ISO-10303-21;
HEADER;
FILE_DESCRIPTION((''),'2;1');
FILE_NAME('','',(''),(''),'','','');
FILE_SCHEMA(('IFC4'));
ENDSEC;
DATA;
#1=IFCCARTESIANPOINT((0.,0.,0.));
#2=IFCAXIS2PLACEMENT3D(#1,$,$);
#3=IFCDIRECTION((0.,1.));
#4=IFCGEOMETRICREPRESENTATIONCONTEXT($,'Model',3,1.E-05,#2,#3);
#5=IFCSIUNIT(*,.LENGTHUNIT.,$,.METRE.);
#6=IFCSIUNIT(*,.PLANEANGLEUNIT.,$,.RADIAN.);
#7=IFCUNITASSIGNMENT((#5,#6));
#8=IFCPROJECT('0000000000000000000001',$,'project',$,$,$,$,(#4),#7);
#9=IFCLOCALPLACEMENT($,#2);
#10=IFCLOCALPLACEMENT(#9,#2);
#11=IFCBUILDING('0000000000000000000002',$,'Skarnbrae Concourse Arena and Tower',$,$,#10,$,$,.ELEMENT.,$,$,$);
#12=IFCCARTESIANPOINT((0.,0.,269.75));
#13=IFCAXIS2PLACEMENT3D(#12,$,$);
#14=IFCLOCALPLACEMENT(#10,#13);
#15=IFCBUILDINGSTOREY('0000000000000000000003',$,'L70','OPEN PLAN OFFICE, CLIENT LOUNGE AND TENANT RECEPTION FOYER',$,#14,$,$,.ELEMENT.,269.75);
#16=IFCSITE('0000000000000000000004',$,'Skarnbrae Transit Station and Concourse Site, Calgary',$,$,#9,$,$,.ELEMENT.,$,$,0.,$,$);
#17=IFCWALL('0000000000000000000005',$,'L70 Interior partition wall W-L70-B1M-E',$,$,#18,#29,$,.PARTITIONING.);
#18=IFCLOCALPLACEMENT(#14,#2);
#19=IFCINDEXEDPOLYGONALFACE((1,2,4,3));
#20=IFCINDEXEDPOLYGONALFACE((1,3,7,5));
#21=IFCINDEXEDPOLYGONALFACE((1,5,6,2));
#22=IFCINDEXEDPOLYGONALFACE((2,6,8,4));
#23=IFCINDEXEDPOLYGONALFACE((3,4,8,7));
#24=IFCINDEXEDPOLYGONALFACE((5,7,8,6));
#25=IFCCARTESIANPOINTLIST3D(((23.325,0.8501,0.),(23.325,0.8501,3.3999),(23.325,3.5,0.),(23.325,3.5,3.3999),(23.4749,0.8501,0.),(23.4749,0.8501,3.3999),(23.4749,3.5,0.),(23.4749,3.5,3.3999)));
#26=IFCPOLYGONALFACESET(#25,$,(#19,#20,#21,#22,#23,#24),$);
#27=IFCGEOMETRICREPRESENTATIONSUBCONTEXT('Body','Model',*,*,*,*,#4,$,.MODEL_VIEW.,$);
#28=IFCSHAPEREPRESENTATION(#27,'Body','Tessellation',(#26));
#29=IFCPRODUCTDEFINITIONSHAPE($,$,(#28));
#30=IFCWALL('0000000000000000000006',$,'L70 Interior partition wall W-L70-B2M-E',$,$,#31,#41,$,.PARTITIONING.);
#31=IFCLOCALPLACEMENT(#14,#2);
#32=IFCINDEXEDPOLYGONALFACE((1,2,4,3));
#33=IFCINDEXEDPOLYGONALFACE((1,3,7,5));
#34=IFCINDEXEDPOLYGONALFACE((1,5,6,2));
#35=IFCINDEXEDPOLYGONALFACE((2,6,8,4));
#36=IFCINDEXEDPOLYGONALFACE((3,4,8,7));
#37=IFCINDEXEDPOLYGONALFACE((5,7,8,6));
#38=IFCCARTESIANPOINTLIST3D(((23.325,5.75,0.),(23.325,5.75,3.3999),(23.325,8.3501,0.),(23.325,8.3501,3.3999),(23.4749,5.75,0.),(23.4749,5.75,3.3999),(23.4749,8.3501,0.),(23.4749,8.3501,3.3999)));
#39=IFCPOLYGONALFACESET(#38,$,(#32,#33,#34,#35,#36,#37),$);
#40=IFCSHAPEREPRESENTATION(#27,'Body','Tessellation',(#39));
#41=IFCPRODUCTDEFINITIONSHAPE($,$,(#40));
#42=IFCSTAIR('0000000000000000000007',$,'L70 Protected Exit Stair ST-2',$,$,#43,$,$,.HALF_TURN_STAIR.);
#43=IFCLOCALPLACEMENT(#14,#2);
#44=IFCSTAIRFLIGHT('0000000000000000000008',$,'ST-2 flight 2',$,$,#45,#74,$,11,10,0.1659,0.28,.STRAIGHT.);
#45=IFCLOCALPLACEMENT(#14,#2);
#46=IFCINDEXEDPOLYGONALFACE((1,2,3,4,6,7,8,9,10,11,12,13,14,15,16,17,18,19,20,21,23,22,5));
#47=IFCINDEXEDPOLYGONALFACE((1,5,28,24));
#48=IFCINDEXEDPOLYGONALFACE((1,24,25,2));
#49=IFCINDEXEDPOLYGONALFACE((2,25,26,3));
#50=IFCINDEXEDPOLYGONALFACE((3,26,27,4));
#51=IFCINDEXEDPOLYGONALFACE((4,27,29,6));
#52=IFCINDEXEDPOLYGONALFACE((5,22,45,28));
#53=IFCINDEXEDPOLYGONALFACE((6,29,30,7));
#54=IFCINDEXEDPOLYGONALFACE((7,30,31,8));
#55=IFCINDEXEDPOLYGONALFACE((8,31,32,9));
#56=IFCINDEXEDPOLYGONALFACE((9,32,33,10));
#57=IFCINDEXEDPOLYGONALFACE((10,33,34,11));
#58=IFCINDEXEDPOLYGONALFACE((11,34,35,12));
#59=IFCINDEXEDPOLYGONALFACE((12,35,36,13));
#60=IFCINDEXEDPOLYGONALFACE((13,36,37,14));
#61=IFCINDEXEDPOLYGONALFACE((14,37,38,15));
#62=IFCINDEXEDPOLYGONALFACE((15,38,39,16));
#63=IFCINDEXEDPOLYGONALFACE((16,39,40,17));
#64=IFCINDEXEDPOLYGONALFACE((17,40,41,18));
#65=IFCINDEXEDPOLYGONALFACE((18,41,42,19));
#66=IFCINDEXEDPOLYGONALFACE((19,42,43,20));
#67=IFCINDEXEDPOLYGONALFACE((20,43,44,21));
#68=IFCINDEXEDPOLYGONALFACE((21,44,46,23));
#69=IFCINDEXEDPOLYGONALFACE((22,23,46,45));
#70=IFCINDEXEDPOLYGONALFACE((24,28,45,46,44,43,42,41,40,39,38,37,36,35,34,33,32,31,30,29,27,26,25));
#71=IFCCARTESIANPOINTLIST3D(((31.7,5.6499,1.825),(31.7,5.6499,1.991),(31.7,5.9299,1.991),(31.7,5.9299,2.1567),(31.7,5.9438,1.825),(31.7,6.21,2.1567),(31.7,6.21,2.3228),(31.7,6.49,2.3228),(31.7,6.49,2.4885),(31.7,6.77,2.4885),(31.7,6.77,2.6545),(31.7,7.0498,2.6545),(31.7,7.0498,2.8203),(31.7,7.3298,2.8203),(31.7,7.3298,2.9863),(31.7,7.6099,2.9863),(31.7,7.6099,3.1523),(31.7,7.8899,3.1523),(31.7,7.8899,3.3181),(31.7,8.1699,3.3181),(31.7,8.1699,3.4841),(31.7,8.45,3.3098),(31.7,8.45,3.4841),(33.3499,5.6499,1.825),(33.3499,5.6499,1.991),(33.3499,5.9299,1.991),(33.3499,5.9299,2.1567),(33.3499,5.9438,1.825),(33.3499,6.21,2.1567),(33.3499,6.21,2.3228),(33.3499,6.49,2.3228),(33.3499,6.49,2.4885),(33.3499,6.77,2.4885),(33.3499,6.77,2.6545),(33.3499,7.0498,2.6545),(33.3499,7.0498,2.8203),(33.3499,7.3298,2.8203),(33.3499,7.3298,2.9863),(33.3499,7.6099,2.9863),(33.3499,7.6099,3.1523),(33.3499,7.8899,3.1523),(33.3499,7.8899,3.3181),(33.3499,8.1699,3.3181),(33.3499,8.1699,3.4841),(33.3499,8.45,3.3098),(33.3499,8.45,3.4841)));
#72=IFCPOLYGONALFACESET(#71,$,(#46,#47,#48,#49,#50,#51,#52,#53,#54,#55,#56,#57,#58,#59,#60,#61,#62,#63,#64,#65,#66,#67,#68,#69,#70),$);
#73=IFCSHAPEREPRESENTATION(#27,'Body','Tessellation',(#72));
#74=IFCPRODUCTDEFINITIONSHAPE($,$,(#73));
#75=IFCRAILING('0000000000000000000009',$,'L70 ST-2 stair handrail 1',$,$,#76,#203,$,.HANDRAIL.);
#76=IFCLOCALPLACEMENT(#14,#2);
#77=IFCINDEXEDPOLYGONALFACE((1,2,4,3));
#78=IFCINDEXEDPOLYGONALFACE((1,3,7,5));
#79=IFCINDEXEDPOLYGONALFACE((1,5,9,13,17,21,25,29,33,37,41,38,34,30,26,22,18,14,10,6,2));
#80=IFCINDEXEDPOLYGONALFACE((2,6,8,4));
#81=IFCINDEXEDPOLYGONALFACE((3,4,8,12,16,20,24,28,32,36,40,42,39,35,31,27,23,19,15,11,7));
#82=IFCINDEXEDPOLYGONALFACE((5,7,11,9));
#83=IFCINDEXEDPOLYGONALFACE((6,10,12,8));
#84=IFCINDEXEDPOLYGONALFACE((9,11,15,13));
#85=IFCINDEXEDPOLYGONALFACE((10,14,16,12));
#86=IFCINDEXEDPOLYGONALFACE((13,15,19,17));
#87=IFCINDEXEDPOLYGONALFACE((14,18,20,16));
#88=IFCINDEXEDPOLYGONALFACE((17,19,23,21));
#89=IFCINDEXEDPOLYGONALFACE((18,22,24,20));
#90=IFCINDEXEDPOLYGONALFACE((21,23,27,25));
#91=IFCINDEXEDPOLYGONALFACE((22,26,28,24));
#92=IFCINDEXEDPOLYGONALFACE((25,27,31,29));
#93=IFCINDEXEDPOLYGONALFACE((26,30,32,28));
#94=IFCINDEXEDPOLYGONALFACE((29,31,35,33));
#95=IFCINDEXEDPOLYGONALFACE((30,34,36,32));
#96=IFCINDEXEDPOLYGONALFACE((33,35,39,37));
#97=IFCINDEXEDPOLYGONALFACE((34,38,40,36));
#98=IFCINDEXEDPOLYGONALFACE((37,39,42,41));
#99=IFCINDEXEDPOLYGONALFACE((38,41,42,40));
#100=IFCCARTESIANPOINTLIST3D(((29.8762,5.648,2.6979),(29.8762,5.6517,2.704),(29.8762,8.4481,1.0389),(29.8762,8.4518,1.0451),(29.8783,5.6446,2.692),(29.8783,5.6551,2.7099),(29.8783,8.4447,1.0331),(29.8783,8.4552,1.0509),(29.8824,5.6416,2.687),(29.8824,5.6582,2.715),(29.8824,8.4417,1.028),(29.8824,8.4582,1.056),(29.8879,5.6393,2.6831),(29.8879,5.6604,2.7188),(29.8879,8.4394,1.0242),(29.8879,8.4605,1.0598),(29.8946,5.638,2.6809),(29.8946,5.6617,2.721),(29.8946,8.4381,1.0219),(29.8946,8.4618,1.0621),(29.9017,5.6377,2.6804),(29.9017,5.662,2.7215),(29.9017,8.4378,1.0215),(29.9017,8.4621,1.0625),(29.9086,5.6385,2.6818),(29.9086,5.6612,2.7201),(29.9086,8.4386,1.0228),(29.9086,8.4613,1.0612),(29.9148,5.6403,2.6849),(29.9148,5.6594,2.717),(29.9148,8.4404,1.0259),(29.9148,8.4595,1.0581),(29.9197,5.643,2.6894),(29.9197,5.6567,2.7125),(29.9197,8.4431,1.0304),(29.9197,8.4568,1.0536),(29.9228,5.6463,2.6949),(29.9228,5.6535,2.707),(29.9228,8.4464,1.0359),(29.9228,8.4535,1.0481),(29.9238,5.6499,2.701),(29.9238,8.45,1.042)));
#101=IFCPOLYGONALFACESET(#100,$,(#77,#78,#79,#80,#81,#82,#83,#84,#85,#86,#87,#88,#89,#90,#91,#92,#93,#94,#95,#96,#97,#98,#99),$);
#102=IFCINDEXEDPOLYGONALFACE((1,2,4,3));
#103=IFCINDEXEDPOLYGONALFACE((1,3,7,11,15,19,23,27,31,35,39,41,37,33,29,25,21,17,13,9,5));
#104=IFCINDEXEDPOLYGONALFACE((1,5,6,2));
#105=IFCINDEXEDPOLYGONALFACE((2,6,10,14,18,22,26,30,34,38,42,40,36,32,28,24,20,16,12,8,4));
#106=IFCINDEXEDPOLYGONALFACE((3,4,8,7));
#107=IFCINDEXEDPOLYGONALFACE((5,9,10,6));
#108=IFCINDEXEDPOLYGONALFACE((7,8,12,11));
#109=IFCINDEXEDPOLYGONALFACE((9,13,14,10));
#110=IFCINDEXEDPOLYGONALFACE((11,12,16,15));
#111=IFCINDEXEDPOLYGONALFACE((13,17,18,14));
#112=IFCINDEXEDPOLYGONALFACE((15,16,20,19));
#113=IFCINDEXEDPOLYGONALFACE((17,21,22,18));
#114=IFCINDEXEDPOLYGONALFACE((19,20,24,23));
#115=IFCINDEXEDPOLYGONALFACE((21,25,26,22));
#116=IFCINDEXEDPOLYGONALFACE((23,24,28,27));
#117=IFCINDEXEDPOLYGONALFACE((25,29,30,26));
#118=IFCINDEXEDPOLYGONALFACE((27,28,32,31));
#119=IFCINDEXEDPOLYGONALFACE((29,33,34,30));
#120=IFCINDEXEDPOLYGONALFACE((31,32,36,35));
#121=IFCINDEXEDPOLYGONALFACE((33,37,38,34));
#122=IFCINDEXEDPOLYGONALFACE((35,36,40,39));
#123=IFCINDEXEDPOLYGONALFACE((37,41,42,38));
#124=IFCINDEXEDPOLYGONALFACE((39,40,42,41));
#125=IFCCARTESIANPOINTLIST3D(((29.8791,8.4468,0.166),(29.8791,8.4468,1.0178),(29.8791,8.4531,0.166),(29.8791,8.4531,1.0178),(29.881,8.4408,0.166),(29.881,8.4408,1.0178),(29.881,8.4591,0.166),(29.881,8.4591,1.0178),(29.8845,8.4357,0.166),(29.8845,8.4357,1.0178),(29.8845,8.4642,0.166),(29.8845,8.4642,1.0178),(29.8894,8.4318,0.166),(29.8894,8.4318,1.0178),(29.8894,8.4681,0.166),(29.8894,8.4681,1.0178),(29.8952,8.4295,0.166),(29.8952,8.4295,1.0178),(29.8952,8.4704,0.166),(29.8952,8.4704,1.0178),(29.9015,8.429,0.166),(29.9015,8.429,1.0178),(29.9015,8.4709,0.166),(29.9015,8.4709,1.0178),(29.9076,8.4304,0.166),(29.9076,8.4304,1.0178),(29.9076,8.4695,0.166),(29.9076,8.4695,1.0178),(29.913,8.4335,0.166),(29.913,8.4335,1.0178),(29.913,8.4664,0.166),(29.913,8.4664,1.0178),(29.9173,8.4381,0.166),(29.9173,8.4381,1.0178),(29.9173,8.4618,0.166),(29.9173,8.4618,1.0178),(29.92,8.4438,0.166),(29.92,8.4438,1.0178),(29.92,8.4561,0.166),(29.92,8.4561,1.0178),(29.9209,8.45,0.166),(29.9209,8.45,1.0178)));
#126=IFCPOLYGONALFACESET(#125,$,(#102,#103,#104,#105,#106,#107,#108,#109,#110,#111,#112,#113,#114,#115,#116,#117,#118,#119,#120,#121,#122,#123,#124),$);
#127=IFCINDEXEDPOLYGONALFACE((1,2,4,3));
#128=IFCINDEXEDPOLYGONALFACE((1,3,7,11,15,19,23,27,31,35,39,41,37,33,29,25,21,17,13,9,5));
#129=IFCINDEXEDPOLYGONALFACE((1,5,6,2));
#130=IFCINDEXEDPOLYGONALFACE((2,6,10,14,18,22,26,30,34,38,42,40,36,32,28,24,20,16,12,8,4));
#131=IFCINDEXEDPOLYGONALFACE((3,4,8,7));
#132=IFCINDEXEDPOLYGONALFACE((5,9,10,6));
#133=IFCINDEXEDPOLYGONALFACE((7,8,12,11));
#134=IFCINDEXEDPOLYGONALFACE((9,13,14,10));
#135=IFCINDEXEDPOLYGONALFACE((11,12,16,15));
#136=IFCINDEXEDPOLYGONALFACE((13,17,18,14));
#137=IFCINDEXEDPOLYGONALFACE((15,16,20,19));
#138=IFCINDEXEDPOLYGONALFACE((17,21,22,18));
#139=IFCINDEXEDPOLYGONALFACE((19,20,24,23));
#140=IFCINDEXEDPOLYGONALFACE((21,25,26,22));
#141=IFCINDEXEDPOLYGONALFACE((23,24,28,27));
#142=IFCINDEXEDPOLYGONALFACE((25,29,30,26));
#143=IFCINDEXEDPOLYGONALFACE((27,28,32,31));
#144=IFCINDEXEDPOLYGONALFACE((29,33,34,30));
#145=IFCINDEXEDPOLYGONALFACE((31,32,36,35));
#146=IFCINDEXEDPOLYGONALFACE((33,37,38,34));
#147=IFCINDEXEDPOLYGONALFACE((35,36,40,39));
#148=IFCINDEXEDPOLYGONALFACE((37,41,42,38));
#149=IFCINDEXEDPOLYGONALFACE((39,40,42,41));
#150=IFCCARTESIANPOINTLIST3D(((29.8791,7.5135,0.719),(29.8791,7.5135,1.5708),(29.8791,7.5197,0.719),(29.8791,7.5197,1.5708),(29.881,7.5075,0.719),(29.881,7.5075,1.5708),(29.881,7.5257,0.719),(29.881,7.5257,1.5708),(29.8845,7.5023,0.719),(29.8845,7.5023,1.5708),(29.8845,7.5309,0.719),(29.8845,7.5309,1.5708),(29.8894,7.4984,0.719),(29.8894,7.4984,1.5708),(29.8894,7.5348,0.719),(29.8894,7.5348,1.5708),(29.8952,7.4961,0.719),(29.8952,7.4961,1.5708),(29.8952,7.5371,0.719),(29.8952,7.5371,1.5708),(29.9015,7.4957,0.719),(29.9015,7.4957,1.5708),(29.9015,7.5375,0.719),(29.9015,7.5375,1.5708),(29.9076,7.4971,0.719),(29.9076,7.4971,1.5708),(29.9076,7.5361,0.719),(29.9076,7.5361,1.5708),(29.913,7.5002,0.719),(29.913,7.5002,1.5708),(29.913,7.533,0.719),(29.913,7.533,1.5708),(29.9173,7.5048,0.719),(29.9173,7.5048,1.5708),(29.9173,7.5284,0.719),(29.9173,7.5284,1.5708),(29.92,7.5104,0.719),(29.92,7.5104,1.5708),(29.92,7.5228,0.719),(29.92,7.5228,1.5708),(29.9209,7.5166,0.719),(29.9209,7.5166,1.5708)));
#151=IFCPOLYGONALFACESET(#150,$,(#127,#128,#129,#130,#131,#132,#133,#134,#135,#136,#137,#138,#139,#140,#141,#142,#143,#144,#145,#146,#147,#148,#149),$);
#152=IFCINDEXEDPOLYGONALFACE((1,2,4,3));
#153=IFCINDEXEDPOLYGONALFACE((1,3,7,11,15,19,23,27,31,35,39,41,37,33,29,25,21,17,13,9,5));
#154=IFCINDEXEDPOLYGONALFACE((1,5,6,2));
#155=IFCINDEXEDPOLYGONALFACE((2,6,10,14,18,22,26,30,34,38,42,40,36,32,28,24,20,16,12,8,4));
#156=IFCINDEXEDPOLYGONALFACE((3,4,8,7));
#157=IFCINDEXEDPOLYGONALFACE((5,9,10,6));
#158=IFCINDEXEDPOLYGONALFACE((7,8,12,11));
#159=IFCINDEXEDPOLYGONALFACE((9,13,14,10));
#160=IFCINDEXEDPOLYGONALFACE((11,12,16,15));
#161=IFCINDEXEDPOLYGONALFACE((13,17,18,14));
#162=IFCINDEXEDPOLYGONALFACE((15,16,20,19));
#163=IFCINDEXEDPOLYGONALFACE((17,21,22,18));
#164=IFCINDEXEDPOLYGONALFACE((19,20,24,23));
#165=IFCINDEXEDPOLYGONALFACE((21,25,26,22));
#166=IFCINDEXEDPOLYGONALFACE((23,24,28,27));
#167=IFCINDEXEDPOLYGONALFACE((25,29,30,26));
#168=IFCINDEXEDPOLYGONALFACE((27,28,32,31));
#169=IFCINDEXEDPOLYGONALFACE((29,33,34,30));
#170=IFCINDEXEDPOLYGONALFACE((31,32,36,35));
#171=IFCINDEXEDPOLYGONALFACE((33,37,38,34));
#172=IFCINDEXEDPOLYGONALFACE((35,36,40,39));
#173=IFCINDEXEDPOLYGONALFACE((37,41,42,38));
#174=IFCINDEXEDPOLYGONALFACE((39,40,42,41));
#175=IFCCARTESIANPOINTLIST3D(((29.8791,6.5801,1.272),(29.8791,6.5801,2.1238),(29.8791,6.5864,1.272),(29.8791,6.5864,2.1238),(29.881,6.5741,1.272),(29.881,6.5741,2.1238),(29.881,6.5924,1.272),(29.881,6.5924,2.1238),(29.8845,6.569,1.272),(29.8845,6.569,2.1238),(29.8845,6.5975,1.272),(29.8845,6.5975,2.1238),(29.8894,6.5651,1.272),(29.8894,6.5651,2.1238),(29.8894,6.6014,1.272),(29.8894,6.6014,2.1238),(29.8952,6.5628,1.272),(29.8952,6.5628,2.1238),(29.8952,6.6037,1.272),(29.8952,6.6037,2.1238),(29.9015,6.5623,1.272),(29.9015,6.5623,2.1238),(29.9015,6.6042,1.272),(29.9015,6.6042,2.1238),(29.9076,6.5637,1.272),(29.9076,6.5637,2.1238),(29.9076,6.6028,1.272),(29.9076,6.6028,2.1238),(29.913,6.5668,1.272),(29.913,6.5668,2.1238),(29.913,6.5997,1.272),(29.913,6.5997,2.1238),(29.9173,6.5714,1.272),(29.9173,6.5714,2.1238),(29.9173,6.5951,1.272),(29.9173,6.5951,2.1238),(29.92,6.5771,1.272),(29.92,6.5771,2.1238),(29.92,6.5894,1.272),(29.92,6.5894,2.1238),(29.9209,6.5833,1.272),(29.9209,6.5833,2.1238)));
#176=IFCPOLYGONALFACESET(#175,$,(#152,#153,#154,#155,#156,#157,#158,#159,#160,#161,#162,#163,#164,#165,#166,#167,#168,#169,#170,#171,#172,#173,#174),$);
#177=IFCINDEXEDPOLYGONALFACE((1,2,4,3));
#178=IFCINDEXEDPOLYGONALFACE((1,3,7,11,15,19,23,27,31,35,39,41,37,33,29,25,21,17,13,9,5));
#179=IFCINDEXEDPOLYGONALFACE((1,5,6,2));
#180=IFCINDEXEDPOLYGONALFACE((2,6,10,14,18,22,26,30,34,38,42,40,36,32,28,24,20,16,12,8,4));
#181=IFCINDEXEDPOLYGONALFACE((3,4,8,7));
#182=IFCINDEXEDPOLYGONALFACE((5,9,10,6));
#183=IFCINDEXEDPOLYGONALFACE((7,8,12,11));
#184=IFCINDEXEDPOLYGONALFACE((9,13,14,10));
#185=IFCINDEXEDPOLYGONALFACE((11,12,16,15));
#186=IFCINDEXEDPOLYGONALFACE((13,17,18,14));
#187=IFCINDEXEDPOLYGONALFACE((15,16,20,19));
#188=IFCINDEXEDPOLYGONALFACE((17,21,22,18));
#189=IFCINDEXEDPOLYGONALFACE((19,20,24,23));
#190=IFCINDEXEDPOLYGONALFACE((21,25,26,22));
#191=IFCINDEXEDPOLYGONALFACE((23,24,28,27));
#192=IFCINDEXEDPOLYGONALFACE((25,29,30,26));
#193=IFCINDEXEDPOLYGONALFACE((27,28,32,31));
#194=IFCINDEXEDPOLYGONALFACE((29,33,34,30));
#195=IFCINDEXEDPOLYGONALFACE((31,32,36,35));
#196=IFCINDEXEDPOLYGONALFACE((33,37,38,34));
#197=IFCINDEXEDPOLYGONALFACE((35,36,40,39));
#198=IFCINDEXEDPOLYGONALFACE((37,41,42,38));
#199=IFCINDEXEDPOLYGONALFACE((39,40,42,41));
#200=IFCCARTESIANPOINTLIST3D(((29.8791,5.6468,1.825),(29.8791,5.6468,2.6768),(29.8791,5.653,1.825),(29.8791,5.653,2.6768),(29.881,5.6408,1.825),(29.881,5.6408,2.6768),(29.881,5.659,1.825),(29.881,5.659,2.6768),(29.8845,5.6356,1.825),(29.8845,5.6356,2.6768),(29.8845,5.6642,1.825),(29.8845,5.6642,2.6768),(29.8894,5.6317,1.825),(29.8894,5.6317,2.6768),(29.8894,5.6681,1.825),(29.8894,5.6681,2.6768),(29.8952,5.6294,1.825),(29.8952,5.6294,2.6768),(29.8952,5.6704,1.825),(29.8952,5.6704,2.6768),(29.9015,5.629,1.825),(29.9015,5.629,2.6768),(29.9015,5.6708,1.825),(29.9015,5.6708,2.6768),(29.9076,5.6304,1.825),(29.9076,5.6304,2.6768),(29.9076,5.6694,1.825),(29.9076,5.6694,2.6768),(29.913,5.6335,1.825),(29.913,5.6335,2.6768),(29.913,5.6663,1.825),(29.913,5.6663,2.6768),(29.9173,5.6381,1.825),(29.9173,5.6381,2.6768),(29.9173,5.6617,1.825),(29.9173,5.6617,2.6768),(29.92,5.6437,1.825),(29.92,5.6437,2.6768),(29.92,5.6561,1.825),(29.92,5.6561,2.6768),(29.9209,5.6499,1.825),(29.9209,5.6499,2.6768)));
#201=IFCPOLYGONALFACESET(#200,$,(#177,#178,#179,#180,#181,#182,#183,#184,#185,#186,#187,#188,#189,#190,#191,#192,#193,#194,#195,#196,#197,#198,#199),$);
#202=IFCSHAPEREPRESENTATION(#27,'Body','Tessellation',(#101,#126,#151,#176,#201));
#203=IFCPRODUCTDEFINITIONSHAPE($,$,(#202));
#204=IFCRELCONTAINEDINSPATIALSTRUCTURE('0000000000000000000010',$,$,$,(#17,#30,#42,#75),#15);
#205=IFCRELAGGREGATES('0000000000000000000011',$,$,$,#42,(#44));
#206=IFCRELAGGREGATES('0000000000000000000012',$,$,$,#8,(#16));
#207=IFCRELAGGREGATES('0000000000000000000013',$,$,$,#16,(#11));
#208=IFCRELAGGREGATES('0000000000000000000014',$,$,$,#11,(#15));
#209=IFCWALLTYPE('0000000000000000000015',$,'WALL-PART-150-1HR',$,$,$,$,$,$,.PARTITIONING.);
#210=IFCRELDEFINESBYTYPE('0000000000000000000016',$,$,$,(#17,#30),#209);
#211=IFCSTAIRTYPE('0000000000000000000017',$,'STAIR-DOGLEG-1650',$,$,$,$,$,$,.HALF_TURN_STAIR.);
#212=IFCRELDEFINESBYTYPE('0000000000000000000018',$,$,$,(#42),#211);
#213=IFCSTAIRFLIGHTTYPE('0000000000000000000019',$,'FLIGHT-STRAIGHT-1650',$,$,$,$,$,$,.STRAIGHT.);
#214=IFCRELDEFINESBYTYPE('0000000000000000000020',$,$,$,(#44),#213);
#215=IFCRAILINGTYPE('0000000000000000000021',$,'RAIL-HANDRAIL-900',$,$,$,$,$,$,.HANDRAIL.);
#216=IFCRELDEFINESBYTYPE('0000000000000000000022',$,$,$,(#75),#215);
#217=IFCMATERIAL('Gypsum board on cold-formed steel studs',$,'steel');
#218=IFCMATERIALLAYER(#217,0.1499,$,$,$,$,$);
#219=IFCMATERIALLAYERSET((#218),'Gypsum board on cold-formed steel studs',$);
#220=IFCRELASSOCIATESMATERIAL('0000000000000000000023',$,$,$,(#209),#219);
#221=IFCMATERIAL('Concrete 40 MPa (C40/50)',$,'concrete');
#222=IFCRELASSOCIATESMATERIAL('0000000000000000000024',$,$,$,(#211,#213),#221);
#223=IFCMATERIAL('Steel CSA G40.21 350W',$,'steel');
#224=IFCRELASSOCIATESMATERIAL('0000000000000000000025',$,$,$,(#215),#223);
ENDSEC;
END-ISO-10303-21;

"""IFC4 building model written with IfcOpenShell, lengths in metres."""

from ifc_helpers import new_model, si_unit, direction, frame, frame_2d, origin, origin_2d, place, context, subcontext, project, spatial, polyline, rectangle, circle, outline, extrude, source, transform, mapped, material, layer, layer_set, type_object, element, aggregate, save


model = new_model("IFC4")

# Units and contexts
model_context = context("Model", 3, precision=1e-05, world=origin(), true_north=direction((0.0, 1.0)))
body_context = subcontext(model_context, "Body", "Model", "MODEL_VIEW")
ifc_project = project(units=[si_unit("LENGTHUNIT", "METRE"), si_unit("PLANEANGLEUNIT", "RADIAN")], contexts=[model_context])

# Site, building, storey
site_placement = place(None, origin())
site = spatial("IfcSite", under=ifc_project, at=site_placement, Name="Skarnbrae Transit Station and Concourse Site, Calgary", CompositionType="ELEMENT", RefElevation=0.0)
building_placement = place(site_placement, origin())
building = spatial("IfcBuilding", under=site, at=building_placement, Name="Skarnbrae Concourse Arena and Tower", CompositionType="ELEMENT")
storey_placement = place(building_placement, frame((0.0, 0.0, 269.75)))
storey = spatial("IfcBuildingStorey", under=building, at=storey_placement, Name="L70", Description="OPEN PLAN OFFICE, CLIENT LOUNGE AND TENANT RECEPTION FOYER", CompositionType="ELEMENT", Elevation=269.75)

# Shared definitions
ifc_material_1 = material(Name="Gypsum board on cold-formed steel studs", Category="steel")

# Shared definitions
ifc_layer_1 = layer(ifc_material_1, 0.1499)
ifc_layer_set_1 = layer_set([ifc_layer_1], Name="Gypsum board on cold-formed steel studs")
wall_type_1 = type_object("IfcWallType", Name="WALL-PART-150-1HR", PredefinedType="PARTITIONING", material=ifc_layer_set_1)
ifc_material_2 = material(Name="Steel CSA G40.21 350W", Category="steel")

# Walls
shared_shape_1 = source(origin(), body_context, "Body", "SweptSolid", [
    extrude(rectangle(XDim=2.6499, YDim=0.1499, at=frame_2d((1.325, 0.0))), origin(), (0.0, 0.0, 1.0), 3.3999),
])
wall_1_placement = place(storey_placement, frame((23.3999, 0.8501, 0.0), z_axis=(0.0, 0.0, 1.0), x_axis=(0.0, 1.0, 0.0)))
element("IfcWall", 1, at=wall_1_placement, inside=storey, type_object=wall_type_1, Name="L70 Interior partition wall W-L70-B1M-E", PredefinedType="PARTITIONING", context=body_context, shape_type="MappedRepresentation", body=[
    mapped(shared_shape_1, transform((0.0, 0.0, 0.0))),
])
shared_shape_2 = source(origin(), body_context, "Body", "SweptSolid", [
    extrude(rectangle(XDim=2.6001, YDim=0.1499, at=frame_2d((1.3, 0.0))), origin(), (0.0, 0.0, 1.0), 3.3999),
])
wall_2_placement = place(storey_placement, frame((23.3999, 5.75, 0.0), z_axis=(0.0, 0.0, 1.0), x_axis=(0.0, 1.0, 0.0)))
element("IfcWall", 2, at=wall_2_placement, inside=storey, type_object=wall_type_1, Name="L70 Interior partition wall W-L70-B2M-E", PredefinedType="PARTITIONING", context=body_context, shape_type="MappedRepresentation", body=[
    mapped(shared_shape_2, transform((0.0, 0.0, 0.0))),
])

# Stair, stair flight
ifc_material_3 = material(Name="Concrete 40 MPa (C40/50)", Category="concrete")
stair_type = type_object("IfcStairType", Name="STAIR-DOGLEG-1650", PredefinedType="HALF_TURN_STAIR", material=ifc_material_3)
stair_placement = place(storey_placement, origin())
stair = element("IfcStair", 3, at=stair_placement, inside=storey, type_object=stair_type, Name="L70 Protected Exit Stair ST-2", PredefinedType="HALF_TURN_STAIR")
stair_flight_type = type_object("IfcStairFlightType", Name="FLIGHT-STRAIGHT-1650", PredefinedType="STRAIGHT", material=ifc_material_3)
shared_shape_3 = source(origin(), body_context, "Body", "SweptSolid", [
    extrude(outline(polyline([(0.0, 0.0), (0.0, 0.166), (0.28, 0.166), (0.28, 0.3318), (0.5601, 0.3318), (0.5601, 0.4978), (0.8401, 0.4978), (0.8401, 0.6636), (1.1201, 0.6636), (1.1201, 0.8296), (1.3999, 0.8296), (1.3999, 0.9954), (1.6799, 0.9954), (1.6799, 1.1614), (1.96, 1.1614), (1.96, 1.3274), (2.24, 1.3274), (2.24, 1.4932), (2.52, 1.4932), (2.52, 1.6592), (2.8, 1.6592), (2.8, 1.825), (2.8, 1.4849), (0.2939, 0.0), (0.0, 0.0)])), frame((0.0, 0.825, 0.0), z_axis=(0.0, -1.0, 0.0), x_axis=(1.0, 0.0, 0.0)), (0.0, 0.0, 1.0), 1.6499),
])
stair_flight_placement = place(storey_placement, frame((32.5249, 5.6499, 1.825), z_axis=(0.0, 0.0, 1.0), x_axis=(0.0, 1.0, 0.0)))
stair_flight = element("IfcStairFlight", 4, at=stair_flight_placement, type_object=stair_flight_type, Name="ST-2 flight 2", NumberOfRisers=11, NumberOfTreads=10, PredefinedType="STRAIGHT", RiserHeight=0.1659, TreadLength=0.28, context=body_context, shape_type="MappedRepresentation", body=[
    mapped(shared_shape_3, transform((0.0, 0.0, 0.0))),
])
aggregate(stair, [stair_flight])

# Railing
railing_type_1 = type_object("IfcRailingType", Name="RAIL-HANDRAIL-900", PredefinedType="HANDRAIL", material=ifc_material_2)
railing_1_placement = place(storey_placement, frame((29.8999, 8.45, 0.166)))
element("IfcRailing", 5, at=railing_1_placement, inside=storey, type_object=railing_type_1, Name="L70 ST-2 stair handrail 1", PredefinedType="HANDRAIL", context=body_context, shape_type="SweptSolid", body=[
    extrude(circle(Radius=0.0239, at=origin_2d()), frame((0.0, 0.0, 0.876), z_axis=(0.0, -0.860339, 0.509722), x_axis=(1.0, 0.0, 0.0)), (0.0, 0.0, 1.0), 3.2546),
    extrude(circle(Radius=0.021, at=origin_2d()), origin(), (0.0, 0.0, 1.0), 0.8518),
    extrude(circle(Radius=0.021, at=origin_2d()), frame((0.0, -0.9333, 0.553)), (0.0, 0.0, 1.0), 0.8518),
    extrude(circle(Radius=0.021, at=origin_2d()), frame((0.0, -1.8667, 1.106)), (0.0, 0.0, 1.0), 0.8518),
    extrude(circle(Radius=0.021, at=origin_2d()), frame((0.0, -2.8, 1.6589)), (0.0, 0.0, 1.0), 0.8518),
])

save(model, "model.ifc")
